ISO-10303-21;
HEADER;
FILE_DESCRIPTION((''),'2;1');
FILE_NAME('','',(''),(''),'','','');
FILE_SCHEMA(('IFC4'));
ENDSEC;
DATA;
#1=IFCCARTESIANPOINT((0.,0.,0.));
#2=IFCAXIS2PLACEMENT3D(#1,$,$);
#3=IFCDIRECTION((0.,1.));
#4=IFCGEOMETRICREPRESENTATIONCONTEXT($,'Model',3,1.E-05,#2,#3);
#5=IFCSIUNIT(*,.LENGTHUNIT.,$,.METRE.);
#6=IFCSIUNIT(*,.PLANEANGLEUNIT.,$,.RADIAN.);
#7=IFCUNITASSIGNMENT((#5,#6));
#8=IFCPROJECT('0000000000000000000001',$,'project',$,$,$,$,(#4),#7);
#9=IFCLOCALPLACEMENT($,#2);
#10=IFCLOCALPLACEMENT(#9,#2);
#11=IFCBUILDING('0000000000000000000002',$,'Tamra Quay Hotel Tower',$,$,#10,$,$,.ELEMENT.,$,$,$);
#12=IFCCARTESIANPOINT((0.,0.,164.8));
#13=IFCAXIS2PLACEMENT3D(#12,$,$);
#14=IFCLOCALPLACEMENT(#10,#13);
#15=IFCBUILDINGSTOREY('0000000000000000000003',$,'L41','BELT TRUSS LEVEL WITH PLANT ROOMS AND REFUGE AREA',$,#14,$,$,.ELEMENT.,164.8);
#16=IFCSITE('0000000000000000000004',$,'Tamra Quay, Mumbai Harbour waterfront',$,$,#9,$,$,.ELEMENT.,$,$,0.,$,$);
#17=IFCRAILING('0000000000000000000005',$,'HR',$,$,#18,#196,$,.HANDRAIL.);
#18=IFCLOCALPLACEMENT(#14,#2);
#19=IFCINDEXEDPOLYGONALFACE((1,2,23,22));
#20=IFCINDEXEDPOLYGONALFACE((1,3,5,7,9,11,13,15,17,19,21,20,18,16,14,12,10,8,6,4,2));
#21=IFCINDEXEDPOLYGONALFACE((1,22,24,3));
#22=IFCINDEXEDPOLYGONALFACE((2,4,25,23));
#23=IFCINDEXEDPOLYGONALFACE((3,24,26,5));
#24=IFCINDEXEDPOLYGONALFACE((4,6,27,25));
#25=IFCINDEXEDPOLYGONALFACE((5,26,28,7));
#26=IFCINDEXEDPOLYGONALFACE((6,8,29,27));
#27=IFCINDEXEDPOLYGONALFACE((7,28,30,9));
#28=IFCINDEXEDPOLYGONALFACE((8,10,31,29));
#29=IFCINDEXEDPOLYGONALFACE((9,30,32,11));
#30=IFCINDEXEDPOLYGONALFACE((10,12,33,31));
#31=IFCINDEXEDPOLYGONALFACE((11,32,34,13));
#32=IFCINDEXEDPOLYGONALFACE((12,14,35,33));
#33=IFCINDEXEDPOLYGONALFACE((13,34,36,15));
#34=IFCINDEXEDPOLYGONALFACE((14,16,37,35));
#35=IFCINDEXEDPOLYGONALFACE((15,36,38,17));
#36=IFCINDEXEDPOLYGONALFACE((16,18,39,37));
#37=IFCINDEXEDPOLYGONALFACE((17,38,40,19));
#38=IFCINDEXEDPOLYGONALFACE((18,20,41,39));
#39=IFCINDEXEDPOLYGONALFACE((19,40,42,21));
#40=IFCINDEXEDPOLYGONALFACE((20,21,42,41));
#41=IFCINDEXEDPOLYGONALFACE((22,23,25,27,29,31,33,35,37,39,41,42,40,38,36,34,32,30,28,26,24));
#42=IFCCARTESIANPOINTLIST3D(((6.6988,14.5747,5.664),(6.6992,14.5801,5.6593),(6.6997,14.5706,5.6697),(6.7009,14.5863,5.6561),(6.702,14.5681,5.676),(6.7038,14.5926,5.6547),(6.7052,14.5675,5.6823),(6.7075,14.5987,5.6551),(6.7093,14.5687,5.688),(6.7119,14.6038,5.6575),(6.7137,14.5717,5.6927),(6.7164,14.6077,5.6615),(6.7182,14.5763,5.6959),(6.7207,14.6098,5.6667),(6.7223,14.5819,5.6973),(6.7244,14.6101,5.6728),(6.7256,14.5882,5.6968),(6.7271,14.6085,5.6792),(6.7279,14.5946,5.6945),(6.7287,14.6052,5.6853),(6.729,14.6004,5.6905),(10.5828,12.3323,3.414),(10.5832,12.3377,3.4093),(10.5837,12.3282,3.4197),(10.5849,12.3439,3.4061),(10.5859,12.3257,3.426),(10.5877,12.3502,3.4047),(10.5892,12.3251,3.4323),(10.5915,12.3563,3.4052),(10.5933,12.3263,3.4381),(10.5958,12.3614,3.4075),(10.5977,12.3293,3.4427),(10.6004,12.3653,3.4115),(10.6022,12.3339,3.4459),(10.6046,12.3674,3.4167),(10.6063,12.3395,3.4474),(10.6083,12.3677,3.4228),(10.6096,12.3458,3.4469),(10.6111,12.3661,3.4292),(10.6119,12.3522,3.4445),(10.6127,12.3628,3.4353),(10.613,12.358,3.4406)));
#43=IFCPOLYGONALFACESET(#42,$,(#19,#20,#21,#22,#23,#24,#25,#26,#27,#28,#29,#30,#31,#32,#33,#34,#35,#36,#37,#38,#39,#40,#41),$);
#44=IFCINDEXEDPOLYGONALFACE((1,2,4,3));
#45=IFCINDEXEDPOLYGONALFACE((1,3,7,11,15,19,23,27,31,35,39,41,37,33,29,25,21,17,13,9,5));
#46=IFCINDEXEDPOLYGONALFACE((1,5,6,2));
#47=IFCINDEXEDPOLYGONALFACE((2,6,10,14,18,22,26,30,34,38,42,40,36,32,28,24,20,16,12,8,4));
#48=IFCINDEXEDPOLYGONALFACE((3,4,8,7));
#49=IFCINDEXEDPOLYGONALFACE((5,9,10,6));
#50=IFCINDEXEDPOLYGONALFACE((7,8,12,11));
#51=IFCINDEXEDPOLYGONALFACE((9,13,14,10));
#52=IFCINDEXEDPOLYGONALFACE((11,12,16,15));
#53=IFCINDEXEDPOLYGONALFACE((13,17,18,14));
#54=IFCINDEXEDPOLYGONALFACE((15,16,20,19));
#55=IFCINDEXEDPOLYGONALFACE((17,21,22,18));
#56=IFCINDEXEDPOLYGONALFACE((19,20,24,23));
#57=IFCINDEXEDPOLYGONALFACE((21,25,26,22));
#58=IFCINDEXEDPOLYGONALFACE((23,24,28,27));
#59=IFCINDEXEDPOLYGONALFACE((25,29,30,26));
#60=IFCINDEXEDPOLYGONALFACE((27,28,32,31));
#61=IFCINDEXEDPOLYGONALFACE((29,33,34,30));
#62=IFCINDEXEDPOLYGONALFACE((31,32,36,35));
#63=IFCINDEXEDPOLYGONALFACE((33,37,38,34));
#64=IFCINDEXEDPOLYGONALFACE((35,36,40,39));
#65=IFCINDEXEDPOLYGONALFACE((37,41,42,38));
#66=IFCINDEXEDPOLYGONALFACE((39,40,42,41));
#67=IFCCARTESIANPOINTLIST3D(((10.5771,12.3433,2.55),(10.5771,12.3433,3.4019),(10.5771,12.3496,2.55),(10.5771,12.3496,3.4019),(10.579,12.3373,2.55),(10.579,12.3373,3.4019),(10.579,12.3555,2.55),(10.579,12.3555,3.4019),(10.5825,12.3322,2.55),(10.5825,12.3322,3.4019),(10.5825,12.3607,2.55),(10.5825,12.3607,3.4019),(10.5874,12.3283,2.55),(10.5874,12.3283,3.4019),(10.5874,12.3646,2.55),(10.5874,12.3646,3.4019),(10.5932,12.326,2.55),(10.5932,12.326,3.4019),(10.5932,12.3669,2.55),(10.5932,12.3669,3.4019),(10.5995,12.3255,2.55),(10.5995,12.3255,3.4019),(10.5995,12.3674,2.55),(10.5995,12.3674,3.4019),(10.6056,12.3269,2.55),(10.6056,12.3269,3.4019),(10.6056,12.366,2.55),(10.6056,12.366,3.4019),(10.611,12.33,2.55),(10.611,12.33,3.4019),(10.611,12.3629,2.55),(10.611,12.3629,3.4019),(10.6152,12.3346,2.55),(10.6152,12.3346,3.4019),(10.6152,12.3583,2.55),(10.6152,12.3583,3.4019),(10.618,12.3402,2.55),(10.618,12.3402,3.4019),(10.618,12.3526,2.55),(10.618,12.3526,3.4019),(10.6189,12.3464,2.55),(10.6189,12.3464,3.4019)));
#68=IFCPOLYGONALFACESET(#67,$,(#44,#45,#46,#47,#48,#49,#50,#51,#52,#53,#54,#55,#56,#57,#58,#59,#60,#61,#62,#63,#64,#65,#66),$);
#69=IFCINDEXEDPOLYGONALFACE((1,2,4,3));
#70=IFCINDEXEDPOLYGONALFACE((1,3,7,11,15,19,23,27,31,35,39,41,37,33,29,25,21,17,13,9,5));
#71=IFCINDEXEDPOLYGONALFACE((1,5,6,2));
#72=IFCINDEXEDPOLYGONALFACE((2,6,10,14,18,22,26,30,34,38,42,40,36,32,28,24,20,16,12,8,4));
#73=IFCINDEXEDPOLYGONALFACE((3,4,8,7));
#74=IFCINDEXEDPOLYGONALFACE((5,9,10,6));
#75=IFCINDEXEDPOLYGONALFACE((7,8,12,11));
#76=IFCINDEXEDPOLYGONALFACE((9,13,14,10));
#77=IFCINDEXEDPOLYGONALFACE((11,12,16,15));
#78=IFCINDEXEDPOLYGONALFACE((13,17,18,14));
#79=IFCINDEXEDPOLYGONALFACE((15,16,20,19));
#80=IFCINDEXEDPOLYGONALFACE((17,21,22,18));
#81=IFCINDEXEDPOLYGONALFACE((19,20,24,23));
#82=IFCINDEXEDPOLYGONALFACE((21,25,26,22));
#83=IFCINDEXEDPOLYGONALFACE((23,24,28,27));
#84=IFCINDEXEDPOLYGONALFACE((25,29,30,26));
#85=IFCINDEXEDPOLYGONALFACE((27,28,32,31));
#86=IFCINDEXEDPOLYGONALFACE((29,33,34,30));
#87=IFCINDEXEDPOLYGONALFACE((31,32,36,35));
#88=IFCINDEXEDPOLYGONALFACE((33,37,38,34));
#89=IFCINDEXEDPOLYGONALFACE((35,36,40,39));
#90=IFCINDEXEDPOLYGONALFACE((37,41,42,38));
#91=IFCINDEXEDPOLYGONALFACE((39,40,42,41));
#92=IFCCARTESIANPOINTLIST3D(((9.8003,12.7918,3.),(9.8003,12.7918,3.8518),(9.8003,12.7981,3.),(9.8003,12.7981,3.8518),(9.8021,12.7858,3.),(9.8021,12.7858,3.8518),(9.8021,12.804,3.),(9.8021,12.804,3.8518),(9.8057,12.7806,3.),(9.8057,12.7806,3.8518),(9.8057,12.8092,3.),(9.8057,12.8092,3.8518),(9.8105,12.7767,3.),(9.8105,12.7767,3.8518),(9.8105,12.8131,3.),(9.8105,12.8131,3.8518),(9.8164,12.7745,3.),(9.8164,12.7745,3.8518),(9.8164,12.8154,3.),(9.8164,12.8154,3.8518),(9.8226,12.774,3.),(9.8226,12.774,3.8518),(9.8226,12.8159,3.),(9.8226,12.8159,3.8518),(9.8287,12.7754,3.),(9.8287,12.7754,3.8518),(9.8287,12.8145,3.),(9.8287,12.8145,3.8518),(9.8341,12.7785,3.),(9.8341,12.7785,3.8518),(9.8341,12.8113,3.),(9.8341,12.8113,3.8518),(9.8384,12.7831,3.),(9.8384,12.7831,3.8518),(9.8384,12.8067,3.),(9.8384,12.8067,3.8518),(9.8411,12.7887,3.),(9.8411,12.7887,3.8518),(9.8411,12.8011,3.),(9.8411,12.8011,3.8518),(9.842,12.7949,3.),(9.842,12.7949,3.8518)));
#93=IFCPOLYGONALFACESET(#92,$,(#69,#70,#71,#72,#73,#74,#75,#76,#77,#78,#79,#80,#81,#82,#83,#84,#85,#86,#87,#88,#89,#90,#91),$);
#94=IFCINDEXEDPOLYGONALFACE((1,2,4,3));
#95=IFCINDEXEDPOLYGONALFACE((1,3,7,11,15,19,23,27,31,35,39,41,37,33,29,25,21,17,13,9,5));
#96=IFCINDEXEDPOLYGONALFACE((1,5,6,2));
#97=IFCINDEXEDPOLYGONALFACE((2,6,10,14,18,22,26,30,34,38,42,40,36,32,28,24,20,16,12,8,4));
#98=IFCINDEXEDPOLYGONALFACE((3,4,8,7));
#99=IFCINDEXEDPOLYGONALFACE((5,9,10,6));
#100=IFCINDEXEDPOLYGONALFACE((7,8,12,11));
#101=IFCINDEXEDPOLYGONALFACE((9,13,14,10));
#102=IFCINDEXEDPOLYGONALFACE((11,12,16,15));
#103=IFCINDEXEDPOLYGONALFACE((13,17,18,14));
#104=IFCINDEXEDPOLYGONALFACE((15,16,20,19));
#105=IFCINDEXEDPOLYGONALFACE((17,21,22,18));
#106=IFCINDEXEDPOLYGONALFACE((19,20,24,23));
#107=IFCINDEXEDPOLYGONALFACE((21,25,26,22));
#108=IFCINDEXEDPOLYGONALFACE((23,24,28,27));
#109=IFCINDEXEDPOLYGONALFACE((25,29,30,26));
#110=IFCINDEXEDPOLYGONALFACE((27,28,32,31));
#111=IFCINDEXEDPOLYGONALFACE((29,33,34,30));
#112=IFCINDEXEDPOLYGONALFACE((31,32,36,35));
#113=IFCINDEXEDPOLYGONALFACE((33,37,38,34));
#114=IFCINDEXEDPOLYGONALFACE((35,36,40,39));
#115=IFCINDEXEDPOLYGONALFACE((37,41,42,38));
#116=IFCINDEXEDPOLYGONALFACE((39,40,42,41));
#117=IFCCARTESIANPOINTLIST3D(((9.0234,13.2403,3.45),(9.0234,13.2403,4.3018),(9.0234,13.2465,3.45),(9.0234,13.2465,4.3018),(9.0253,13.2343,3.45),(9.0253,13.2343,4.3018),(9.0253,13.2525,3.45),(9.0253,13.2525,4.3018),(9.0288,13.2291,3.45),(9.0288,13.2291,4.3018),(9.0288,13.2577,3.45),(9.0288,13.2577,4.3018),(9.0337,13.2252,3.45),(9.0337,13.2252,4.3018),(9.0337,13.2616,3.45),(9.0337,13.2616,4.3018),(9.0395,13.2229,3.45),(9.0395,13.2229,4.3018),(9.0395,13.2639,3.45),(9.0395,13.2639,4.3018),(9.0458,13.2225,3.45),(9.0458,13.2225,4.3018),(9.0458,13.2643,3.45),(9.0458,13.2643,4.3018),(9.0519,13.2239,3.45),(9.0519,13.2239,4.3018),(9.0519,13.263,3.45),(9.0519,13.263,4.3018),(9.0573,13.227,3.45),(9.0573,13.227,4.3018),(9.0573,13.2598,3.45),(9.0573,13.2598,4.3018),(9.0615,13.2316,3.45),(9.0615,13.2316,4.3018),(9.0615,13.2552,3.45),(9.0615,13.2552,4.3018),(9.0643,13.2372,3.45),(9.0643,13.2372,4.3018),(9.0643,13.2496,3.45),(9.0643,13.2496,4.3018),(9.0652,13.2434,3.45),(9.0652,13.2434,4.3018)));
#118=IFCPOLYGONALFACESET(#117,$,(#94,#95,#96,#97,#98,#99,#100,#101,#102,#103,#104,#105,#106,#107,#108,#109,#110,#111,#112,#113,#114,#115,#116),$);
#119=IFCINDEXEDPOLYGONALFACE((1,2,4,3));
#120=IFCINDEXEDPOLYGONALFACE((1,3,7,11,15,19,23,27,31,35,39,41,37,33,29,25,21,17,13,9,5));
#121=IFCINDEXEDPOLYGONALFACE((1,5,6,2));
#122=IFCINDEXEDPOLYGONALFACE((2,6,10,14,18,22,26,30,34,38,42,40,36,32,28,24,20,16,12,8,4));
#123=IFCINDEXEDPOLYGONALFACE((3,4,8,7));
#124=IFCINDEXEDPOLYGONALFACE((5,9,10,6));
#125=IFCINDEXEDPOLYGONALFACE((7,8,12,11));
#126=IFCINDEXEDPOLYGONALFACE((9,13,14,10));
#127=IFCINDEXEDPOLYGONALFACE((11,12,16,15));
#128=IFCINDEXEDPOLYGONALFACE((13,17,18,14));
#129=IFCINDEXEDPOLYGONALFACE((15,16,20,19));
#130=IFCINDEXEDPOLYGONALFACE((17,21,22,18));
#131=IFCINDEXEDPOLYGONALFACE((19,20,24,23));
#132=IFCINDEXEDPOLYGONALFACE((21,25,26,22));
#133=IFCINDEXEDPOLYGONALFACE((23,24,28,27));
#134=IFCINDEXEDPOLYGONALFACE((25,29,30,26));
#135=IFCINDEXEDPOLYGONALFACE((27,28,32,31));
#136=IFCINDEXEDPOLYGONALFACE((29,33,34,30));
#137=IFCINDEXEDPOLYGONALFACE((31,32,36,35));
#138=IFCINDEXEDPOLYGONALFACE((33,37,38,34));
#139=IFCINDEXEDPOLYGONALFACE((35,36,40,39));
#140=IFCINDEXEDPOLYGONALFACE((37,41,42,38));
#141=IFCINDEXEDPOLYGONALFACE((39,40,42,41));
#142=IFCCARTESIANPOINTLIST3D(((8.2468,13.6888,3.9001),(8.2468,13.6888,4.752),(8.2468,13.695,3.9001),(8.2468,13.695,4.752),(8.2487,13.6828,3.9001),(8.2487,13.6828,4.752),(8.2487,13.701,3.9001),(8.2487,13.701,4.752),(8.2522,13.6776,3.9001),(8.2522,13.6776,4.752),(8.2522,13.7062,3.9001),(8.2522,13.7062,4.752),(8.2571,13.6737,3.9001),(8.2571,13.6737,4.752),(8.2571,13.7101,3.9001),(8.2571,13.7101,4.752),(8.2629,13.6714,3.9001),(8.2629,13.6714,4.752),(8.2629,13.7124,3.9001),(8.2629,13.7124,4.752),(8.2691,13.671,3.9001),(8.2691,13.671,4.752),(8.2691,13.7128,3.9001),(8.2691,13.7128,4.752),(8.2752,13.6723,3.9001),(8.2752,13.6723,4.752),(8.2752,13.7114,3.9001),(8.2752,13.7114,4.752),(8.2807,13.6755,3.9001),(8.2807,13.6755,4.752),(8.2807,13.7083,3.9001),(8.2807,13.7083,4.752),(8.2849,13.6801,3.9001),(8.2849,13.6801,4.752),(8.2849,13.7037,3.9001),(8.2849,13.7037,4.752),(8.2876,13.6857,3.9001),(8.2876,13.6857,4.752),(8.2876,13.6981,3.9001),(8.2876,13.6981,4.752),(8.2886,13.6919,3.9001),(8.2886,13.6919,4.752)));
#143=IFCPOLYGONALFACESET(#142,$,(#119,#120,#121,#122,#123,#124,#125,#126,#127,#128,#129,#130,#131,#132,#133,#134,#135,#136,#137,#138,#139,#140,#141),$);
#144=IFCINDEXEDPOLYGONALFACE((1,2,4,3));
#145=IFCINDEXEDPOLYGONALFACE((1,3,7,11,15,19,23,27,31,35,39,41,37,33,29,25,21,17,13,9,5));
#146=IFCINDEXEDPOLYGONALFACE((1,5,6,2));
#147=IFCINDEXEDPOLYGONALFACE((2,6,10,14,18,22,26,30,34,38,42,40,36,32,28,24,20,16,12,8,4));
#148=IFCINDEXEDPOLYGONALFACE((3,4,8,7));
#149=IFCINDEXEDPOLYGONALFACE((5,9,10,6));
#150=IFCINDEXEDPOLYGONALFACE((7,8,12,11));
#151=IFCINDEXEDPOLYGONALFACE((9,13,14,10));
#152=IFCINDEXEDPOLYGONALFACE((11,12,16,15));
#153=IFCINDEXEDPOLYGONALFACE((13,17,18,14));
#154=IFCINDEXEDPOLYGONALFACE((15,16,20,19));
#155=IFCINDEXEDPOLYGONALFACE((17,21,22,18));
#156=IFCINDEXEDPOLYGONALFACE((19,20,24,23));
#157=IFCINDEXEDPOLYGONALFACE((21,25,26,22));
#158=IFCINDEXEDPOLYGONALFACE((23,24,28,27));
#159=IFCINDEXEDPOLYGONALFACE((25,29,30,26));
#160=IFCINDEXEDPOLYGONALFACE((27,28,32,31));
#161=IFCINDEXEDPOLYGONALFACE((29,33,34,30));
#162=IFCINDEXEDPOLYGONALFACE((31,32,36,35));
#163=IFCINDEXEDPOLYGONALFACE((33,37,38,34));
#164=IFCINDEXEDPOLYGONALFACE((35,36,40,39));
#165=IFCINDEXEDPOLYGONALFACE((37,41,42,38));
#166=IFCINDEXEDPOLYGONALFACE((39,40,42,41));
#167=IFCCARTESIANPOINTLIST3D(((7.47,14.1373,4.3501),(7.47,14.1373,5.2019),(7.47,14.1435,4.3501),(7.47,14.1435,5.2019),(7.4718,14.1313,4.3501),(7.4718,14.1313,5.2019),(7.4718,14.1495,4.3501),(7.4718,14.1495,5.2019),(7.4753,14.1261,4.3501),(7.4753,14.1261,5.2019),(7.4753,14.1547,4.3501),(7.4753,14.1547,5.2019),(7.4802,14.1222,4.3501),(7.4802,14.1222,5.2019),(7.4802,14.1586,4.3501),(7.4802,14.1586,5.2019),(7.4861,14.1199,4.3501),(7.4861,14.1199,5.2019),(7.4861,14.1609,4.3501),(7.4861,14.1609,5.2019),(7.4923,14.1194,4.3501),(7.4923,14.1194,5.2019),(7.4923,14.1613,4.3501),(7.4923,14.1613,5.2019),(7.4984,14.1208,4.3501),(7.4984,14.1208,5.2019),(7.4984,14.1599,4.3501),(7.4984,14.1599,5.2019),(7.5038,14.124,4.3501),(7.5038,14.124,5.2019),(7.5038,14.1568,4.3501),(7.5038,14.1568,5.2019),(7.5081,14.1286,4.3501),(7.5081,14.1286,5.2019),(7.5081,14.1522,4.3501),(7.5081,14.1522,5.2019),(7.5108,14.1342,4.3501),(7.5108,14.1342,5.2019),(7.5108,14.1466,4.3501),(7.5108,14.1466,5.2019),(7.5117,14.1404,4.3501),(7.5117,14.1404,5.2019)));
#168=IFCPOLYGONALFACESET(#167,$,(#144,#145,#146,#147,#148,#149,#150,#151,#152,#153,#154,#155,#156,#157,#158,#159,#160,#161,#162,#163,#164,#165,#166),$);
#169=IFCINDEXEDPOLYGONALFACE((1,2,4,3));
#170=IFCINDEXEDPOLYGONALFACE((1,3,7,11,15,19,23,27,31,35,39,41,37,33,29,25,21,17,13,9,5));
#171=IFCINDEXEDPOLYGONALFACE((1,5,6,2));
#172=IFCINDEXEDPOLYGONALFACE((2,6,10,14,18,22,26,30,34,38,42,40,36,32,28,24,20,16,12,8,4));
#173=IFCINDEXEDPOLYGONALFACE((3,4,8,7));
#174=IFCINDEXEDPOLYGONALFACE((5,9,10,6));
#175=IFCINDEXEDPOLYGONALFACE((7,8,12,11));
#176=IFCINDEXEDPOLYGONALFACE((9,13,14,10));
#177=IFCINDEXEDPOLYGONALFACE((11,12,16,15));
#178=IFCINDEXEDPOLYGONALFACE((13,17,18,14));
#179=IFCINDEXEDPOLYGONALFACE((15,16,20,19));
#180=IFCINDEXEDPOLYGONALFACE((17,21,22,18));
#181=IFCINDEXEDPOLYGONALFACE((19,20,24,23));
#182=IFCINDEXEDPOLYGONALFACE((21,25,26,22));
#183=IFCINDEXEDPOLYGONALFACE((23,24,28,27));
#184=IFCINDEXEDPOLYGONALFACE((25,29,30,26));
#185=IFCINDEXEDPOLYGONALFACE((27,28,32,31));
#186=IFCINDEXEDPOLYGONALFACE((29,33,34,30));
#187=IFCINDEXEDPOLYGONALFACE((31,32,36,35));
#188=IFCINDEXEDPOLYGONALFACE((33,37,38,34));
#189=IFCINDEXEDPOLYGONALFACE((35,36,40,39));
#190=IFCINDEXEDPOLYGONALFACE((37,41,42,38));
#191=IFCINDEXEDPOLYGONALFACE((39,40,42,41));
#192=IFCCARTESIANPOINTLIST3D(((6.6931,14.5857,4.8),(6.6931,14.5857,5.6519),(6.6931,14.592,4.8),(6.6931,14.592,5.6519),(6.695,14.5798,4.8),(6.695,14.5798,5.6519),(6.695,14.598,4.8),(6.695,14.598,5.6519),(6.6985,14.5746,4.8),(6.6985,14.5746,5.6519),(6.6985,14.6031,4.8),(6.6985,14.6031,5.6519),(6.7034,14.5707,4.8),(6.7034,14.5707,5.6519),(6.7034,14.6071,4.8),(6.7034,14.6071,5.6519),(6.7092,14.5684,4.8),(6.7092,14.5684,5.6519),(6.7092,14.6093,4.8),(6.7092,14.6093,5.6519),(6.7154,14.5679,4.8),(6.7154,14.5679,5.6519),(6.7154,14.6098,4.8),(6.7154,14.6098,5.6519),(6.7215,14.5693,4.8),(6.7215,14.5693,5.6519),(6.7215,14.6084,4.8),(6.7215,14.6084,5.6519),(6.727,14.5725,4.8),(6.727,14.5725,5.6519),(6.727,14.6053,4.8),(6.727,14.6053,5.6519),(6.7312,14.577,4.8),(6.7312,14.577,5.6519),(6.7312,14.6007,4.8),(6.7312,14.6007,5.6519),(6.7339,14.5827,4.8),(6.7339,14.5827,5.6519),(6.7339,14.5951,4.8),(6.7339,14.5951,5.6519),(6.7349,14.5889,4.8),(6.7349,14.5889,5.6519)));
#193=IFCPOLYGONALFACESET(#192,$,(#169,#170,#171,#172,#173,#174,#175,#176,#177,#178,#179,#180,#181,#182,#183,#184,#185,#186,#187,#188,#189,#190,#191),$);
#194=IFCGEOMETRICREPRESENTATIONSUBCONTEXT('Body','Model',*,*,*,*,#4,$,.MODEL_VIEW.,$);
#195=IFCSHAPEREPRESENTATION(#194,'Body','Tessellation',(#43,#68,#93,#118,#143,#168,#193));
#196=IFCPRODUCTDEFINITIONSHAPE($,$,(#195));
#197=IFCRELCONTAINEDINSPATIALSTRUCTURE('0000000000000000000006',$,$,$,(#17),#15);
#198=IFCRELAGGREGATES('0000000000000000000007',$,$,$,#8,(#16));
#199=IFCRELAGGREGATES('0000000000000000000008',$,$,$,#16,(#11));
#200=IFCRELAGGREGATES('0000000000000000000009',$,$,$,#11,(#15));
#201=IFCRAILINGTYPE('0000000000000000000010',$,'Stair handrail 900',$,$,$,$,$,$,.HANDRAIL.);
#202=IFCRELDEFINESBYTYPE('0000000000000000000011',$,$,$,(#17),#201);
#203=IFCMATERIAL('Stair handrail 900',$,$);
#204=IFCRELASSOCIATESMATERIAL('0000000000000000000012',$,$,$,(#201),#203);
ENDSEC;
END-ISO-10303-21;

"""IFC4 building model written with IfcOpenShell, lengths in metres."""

from ifc_helpers import new_model, si_unit, direction, frame, origin, origin_2d, place, context, subcontext, project, spatial, circle, extrude, material, type_object, element, save


model = new_model("IFC4")

# Units and contexts
model_context = context("Model", 3, precision=1e-05, world=origin(), true_north=direction((0.0, 1.0)))
body_context = subcontext(model_context, "Body", "Model", "MODEL_VIEW")
ifc_project = project(units=[si_unit("LENGTHUNIT", "METRE"), si_unit("PLANEANGLEUNIT", "RADIAN")], contexts=[model_context])

# Site, building, storey
site_placement = place(None, origin())
site = spatial("IfcSite", under=ifc_project, at=site_placement, Name="Tamra Quay, Mumbai Harbour waterfront", CompositionType="ELEMENT", RefElevation=0.0)
building_placement = place(site_placement, origin())
building = spatial("IfcBuilding", under=site, at=building_placement, Name="Tamra Quay Hotel Tower", CompositionType="ELEMENT")
storey_placement = place(building_placement, frame((0.0, 0.0, 164.8)))
storey = spatial("IfcBuildingStorey", under=building, at=storey_placement, Name="L41", Description="BELT TRUSS LEVEL WITH PLANT ROOMS AND REFUGE AREA", CompositionType="ELEMENT", Elevation=164.8)

# Railing
ifc_material_1 = material(Name="Stair handrail 900")
railing_type_1 = type_object("IfcRailingType", Name="Stair handrail 900", PredefinedType="HANDRAIL", material=ifc_material_1)
railing_1_placement = place(storey_placement, frame((10.5979, 12.3464, 2.55)))
element("IfcRailing", 1, at=railing_1_placement, inside=storey, type_object=railing_type_1, Name="HR", PredefinedType="HANDRAIL", context=body_context, shape_type="SweptSolid", body=[
    extrude(circle(Radius=0.0239, at=origin_2d()), frame((0.0, 0.0, 0.876), z_axis=(-0.774076, 0.44691, 0.448418), x_axis=(-0.499997, -0.866027, 0.0)), (0.0, 0.0, 1.0), 5.0176),
    extrude(circle(Radius=0.021, at=origin_2d()), origin(), (0.0, 0.0, 1.0), 0.8518),
    extrude(circle(Radius=0.021, at=origin_2d()), frame((-0.7769, 0.4485, 0.45)), (0.0, 0.0, 1.0), 0.8518),
    extrude(circle(Radius=0.021, at=origin_2d()), frame((-1.5537, 0.897, 0.8999)), (0.0, 0.0, 1.0), 0.8518),
    extrude(circle(Radius=0.021, at=origin_2d()), frame((-2.3303, 1.3455, 1.3501)), (0.0, 0.0, 1.0), 0.8518),
    extrude(circle(Radius=0.021, at=origin_2d()), frame((-3.1072, 1.7939, 1.8)), (0.0, 0.0, 1.0), 0.8518),
    extrude(circle(Radius=0.021, at=origin_2d()), frame((-3.884, 2.2424, 2.25)), (0.0, 0.0, 1.0), 0.8518),
])

save(model, "model.ifc")
